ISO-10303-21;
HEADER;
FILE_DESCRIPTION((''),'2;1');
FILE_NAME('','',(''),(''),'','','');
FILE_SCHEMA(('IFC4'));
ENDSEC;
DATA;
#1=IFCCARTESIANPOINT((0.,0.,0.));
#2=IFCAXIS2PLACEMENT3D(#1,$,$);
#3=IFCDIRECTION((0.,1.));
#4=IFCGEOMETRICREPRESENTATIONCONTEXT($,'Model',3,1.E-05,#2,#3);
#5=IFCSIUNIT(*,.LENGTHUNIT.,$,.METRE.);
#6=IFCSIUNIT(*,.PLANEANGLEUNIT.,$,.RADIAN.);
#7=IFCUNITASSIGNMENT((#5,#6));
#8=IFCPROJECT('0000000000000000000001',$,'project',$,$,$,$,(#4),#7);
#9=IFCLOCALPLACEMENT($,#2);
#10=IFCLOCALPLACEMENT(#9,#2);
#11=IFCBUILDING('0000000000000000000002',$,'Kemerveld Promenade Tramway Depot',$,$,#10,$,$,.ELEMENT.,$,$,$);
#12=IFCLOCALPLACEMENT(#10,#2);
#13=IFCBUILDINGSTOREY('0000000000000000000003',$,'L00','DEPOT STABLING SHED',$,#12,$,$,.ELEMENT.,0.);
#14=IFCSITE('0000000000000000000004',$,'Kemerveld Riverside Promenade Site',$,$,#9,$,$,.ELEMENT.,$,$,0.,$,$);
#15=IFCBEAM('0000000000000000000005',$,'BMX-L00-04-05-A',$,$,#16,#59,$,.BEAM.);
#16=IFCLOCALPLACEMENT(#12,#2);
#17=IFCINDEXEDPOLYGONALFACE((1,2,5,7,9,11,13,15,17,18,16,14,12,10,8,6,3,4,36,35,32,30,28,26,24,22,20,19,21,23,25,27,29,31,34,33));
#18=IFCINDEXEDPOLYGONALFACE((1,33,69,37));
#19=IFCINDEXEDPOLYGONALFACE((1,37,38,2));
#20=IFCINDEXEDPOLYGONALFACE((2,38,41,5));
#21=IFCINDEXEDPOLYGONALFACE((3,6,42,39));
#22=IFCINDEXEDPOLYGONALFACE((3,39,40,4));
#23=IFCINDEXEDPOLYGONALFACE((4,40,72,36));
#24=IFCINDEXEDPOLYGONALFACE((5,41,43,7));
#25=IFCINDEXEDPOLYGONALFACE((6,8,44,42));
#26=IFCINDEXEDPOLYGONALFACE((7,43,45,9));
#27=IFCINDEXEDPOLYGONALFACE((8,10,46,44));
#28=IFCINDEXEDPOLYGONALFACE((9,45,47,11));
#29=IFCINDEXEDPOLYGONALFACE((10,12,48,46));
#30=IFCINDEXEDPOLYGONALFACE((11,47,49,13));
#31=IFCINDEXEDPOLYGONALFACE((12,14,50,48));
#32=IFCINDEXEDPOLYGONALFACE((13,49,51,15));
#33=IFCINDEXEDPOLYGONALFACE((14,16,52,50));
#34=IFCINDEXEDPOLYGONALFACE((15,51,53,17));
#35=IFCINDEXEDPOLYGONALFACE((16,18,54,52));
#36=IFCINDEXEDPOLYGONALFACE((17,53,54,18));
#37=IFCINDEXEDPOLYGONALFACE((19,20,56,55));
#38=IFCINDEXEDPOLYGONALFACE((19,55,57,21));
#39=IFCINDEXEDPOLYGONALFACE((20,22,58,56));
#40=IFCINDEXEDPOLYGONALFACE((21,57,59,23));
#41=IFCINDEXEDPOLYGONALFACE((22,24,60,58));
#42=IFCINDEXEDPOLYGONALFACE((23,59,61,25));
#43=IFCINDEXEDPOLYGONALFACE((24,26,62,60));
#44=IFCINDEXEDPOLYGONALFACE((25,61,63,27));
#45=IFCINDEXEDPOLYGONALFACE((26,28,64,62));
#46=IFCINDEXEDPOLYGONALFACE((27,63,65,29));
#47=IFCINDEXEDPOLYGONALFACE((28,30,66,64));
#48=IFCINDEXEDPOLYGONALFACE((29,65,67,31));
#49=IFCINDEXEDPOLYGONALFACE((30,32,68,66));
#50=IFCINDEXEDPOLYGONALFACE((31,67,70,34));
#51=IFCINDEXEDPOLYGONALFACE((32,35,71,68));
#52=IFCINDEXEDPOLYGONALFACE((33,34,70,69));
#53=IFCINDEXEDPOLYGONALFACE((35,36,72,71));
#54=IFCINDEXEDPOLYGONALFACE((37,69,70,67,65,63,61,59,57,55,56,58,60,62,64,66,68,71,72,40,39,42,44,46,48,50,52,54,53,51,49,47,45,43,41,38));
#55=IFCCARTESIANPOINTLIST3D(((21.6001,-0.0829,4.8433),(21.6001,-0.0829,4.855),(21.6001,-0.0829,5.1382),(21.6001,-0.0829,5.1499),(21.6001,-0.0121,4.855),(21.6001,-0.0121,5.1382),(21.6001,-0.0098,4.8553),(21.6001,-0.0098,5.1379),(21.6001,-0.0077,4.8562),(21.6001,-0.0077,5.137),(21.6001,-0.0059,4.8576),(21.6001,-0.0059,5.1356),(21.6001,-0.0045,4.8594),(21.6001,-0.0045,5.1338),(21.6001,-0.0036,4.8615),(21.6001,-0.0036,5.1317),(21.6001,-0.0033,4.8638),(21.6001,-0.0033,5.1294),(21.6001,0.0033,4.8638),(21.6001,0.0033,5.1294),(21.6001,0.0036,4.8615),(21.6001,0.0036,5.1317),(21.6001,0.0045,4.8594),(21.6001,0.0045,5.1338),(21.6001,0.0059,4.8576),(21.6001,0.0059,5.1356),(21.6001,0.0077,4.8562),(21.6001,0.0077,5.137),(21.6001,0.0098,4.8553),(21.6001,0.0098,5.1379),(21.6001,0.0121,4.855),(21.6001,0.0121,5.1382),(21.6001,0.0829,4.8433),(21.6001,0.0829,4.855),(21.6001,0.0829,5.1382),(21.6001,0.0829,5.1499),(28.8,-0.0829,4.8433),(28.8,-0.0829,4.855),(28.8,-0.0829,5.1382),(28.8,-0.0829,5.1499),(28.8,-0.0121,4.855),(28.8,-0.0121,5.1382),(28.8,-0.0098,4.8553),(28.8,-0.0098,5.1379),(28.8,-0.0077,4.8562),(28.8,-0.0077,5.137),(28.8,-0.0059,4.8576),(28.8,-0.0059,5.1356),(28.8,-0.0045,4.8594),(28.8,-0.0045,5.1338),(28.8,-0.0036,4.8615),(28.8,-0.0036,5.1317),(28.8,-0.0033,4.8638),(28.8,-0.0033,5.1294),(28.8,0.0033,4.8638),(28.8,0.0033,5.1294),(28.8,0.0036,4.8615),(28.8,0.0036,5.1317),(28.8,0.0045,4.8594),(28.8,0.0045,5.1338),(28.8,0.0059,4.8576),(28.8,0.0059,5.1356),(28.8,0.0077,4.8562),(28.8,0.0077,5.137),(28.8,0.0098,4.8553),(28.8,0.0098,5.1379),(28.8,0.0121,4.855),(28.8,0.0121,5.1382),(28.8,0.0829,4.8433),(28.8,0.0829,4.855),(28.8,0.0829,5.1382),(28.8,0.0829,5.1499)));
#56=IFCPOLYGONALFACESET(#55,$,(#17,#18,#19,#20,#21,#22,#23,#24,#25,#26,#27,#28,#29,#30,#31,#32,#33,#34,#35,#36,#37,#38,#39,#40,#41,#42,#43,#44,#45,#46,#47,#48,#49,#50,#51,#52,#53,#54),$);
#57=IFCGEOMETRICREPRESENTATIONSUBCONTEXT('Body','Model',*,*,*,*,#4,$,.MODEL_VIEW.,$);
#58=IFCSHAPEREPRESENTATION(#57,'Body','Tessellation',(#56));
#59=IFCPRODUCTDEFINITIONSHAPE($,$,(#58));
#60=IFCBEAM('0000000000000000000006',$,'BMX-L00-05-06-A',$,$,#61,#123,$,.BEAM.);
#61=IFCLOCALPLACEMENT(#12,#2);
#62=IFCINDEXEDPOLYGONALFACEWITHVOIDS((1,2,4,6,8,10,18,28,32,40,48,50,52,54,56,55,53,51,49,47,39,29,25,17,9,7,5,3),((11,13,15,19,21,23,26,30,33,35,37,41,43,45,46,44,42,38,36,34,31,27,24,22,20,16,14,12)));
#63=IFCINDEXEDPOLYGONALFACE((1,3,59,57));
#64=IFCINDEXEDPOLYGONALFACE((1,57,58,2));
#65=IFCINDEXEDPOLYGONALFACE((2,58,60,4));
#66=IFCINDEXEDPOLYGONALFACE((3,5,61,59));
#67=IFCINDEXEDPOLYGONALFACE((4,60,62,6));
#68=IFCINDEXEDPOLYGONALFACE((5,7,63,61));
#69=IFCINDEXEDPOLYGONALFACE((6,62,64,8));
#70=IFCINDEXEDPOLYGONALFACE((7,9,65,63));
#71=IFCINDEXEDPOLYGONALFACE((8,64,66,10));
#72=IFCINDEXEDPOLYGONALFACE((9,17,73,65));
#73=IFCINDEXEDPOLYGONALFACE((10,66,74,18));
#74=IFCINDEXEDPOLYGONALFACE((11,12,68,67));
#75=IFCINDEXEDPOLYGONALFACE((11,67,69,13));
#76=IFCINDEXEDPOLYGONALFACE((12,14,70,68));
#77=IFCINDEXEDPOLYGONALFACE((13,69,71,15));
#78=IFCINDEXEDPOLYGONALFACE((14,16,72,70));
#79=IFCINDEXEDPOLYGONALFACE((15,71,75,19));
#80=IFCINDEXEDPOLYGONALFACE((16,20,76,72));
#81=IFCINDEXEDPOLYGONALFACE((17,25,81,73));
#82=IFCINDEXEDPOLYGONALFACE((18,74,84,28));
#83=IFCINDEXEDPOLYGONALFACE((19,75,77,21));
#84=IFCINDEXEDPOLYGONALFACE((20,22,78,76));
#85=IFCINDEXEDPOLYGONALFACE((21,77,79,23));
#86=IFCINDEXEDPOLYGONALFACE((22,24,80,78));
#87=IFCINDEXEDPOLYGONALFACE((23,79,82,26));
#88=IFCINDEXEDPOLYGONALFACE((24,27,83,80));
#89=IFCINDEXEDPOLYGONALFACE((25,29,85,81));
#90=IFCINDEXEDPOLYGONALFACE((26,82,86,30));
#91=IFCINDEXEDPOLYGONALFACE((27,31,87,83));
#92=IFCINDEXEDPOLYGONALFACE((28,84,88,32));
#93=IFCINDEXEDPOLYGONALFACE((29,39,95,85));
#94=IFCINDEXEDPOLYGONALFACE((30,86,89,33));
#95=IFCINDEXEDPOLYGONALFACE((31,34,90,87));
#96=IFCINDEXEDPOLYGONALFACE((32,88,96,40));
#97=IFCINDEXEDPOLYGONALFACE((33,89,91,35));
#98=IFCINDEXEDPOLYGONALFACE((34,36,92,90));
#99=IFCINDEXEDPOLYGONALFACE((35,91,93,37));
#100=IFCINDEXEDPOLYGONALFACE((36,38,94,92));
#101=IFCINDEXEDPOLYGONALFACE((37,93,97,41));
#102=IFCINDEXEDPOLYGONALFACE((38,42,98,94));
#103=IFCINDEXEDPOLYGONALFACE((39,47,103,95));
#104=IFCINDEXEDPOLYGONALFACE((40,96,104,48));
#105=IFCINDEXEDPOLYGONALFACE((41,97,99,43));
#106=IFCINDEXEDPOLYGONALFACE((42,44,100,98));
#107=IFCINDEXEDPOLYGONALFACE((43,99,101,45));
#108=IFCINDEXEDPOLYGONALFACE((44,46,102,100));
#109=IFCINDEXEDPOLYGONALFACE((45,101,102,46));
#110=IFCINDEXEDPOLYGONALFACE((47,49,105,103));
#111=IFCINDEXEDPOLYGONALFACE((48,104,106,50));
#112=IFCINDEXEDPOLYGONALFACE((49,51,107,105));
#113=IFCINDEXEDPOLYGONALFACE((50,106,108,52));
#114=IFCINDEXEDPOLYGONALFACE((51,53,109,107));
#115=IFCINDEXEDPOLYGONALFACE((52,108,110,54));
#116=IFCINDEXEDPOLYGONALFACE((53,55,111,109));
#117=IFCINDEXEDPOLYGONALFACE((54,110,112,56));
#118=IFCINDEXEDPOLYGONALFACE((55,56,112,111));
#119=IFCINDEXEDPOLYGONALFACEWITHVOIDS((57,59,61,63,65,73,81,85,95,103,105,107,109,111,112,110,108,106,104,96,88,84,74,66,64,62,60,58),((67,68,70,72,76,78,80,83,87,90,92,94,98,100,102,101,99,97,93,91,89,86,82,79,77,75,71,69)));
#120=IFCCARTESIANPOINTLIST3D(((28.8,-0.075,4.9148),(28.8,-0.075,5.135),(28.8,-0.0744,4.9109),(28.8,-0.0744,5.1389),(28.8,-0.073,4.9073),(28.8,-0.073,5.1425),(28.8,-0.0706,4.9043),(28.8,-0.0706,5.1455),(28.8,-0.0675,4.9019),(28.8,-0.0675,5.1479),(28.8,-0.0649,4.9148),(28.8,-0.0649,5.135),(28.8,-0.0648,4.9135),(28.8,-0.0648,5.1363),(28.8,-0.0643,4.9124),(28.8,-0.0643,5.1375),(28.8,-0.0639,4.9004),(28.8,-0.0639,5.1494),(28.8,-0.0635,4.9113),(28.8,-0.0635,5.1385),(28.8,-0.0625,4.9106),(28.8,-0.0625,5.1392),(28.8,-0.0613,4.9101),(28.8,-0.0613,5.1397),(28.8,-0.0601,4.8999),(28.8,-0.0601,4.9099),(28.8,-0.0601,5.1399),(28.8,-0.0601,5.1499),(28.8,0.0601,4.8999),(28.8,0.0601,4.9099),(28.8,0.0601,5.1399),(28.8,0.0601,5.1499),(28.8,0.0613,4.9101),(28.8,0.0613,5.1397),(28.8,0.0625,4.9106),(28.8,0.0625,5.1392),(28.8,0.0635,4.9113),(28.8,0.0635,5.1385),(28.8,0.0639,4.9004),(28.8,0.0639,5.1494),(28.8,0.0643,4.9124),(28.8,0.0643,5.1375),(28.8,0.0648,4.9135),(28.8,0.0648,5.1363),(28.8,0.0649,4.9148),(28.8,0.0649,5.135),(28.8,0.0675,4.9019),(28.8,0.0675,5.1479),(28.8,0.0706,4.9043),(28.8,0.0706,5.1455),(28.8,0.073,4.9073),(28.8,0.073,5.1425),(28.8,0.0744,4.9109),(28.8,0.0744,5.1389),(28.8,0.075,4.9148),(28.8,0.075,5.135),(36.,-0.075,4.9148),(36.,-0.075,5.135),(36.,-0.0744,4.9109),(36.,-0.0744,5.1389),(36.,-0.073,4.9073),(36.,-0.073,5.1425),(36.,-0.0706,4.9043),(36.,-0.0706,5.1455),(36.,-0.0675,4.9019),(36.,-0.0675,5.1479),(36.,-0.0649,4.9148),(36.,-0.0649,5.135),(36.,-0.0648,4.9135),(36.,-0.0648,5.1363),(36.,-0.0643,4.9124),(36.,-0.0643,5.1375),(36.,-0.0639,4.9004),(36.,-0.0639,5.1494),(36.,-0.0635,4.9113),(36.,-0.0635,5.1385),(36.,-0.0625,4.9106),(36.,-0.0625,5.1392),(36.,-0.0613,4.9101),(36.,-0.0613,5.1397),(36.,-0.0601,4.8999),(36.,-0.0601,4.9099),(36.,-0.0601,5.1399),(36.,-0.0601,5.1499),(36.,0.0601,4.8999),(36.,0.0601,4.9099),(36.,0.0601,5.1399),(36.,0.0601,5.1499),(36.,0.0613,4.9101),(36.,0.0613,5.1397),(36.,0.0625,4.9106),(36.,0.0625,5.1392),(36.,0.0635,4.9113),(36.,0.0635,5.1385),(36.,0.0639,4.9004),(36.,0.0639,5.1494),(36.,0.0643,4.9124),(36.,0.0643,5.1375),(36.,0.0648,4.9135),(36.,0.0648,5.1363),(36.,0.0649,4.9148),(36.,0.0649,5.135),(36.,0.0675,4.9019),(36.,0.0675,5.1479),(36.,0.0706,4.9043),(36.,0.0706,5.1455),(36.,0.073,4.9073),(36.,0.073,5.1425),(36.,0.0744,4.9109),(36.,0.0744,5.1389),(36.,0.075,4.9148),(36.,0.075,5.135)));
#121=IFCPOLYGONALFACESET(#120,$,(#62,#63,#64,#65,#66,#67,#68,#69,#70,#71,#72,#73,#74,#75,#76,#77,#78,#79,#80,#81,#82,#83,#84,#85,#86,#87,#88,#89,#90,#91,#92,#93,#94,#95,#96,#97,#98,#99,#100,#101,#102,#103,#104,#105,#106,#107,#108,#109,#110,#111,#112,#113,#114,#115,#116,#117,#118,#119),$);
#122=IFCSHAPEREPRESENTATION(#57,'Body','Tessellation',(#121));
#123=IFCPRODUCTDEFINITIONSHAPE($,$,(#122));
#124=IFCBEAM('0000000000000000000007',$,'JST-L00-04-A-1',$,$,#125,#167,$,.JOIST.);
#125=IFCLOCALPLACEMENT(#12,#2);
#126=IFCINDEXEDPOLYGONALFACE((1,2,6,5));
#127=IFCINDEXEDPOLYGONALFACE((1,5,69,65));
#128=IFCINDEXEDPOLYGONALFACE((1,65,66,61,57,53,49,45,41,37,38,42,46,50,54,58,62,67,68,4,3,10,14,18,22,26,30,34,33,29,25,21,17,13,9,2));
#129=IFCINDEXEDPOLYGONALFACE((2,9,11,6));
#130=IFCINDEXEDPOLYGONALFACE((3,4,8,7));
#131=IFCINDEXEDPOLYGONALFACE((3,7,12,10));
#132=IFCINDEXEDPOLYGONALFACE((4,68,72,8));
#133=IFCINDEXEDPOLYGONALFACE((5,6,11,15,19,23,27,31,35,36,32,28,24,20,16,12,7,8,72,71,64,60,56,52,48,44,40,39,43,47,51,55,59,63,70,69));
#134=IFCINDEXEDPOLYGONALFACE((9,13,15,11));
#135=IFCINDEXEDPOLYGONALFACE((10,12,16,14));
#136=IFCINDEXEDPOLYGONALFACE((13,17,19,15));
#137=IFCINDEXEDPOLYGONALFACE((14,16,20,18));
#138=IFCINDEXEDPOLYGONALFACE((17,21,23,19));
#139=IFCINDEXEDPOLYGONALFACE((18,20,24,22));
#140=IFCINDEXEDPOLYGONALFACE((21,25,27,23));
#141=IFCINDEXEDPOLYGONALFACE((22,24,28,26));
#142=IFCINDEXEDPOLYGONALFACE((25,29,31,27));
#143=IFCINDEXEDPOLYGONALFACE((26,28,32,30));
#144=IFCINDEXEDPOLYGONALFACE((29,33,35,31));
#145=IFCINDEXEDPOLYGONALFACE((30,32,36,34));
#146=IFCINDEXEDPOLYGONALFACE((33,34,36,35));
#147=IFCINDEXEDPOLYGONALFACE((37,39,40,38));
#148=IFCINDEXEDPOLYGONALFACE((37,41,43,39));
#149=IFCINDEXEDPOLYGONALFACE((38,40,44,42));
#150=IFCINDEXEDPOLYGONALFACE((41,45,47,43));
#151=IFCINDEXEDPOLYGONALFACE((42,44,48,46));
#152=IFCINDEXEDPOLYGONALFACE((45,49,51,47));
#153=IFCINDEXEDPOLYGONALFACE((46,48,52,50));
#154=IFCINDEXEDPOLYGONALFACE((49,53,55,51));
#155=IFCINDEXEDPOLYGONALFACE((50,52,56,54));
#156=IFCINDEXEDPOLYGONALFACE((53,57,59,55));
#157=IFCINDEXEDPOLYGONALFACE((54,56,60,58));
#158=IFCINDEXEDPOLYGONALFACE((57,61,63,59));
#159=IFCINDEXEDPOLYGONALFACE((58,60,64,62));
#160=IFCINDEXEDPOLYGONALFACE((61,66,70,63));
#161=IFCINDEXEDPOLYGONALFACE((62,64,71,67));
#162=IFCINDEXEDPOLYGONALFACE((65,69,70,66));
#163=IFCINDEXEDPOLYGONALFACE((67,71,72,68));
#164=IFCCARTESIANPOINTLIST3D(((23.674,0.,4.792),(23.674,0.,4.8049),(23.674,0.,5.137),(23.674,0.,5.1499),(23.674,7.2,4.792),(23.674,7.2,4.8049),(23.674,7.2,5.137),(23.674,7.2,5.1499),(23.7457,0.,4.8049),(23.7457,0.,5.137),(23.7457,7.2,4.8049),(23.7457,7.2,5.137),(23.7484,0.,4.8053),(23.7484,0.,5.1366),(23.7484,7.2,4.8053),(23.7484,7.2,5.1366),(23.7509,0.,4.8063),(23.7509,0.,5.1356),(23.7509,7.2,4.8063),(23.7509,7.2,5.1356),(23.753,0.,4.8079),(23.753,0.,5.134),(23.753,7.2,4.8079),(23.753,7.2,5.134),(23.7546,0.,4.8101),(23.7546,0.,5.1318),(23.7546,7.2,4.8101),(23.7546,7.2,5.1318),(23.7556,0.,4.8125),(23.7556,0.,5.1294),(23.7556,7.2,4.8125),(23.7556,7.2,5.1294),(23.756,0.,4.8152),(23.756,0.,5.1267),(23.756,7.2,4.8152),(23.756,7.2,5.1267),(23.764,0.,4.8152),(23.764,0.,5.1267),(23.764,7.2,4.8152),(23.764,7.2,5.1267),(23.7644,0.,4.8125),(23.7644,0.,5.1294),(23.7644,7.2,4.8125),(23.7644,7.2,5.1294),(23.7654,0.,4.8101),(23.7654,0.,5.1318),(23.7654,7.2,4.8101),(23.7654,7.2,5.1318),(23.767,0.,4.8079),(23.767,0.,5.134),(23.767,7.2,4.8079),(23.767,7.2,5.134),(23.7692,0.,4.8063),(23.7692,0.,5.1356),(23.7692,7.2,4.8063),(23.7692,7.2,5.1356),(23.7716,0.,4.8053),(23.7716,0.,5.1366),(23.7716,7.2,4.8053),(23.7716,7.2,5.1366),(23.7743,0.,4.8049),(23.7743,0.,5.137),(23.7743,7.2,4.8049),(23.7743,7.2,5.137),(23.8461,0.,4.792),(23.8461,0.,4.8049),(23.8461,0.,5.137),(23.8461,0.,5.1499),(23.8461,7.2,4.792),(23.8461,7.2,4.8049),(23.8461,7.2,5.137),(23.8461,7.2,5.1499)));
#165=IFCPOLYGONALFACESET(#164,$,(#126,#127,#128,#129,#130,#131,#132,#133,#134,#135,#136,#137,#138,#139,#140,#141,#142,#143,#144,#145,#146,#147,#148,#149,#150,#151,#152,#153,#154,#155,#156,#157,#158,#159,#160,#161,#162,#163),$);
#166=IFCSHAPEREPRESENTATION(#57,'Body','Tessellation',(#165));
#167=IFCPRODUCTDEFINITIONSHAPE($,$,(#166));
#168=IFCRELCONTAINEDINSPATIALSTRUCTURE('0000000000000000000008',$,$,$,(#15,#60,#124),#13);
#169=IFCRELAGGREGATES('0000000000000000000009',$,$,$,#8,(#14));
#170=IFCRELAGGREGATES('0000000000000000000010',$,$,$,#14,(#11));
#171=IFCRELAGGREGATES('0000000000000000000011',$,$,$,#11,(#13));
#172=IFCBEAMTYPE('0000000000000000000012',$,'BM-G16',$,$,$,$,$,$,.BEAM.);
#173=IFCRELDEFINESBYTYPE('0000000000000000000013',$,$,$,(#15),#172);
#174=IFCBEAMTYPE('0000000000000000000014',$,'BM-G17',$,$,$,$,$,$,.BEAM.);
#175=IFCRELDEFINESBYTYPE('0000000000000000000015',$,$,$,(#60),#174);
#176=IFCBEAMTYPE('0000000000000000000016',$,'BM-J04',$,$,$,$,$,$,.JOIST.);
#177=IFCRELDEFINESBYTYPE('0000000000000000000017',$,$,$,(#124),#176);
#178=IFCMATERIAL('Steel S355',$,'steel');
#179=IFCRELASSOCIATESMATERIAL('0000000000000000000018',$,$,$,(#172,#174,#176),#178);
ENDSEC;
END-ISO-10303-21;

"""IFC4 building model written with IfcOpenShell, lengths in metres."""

from ifc_helpers import new_model, si_unit, direction, frame, origin, origin_2d, place, context, subcontext, project, spatial, hollow_rectangle, i_section, extrude, material, material_profile, profile_set, type_object, element, save


model = new_model("IFC4")

# Units and contexts
model_context = context("Model", 3, precision=1e-05, world=origin(), true_north=direction((0.0, 1.0)))
body_context = subcontext(model_context, "Body", "Model", "MODEL_VIEW")
ifc_project = project(units=[si_unit("LENGTHUNIT", "METRE"), si_unit("PLANEANGLEUNIT", "RADIAN")], contexts=[model_context])

# Site, building, storey
site_placement = place(None, origin())
site = spatial("IfcSite", under=ifc_project, at=site_placement, Name="Kemerveld Riverside Promenade Site", CompositionType="ELEMENT", RefElevation=0.0)
building_placement = place(site_placement, origin())
building = spatial("IfcBuilding", under=site, at=building_placement, Name="Kemerveld Promenade Tramway Depot", CompositionType="ELEMENT")
storey_placement = place(building_placement, origin())
storey = spatial("IfcBuildingStorey", under=building, at=storey_placement, Name="L00", Description="DEPOT STABLING SHED", CompositionType="ELEMENT", Elevation=0.0)

# Shared definitions
ifc_material_1 = material(Name="Steel S355", Category="steel")

# Beams
ifc_material_profile_1 = material_profile(ifc_material_1, i_section(OverallWidth=0.1658, OverallDepth=0.3066, WebThickness=0.0066, FlangeThickness=0.0117, FilletRadius=0.0088, at=origin_2d()), Name="305x165x46 UB")
ifc_profile_set_1 = profile_set([ifc_material_profile_1], Name="Steel S355")
beam_type_1 = type_object("IfcBeamType", Name="BM-G16", PredefinedType="BEAM", material=ifc_profile_set_1)
beam_1_placement = place(storey_placement, frame((21.6001, 0.0, 4.9966), z_axis=(1.0, 0.0, 0.0), x_axis=(0.0, 1.0, 0.0)))
element("IfcBeam", 1, at=beam_1_placement, inside=storey, type_object=beam_type_1, Name="BMX-L00-04-05-A", PredefinedType="BEAM", context=body_context, shape_type="SweptSolid", body=[
    extrude(i_section(OverallWidth=0.1658, OverallDepth=0.3066, WebThickness=0.0066, FlangeThickness=0.0117, FilletRadius=0.0088, at=origin_2d()), origin(), (0.0, 0.0, 1.0), 7.2),
])
ifc_material_profile_2 = material_profile(ifc_material_1, hollow_rectangle(XDim=0.1499, YDim=0.25, WallThickness=0.01, InnerFilletRadius=0.0049, OuterFilletRadius=0.0149, at=origin_2d()), Name="250x150x10.0 RHS")
ifc_profile_set_2 = profile_set([ifc_material_profile_2], Name="Steel S355")
beam_type_2 = type_object("IfcBeamType", Name="BM-G17", PredefinedType="BEAM", material=ifc_profile_set_2)
beam_2_placement = place(storey_placement, frame((28.8, 0.0, 5.0249), z_axis=(1.0, 0.0, 0.0), x_axis=(0.0, 1.0, 0.0)))
element("IfcBeam", 2, at=beam_2_placement, inside=storey, type_object=beam_type_2, Name="BMX-L00-05-06-A", PredefinedType="BEAM", context=body_context, shape_type="SweptSolid", body=[
    extrude(hollow_rectangle(XDim=0.1499, YDim=0.25, WallThickness=0.01, InnerFilletRadius=0.0049, OuterFilletRadius=0.0149, at=origin_2d()), origin(), (0.0, 0.0, 1.0), 7.2),
])
ifc_material_profile_3 = material_profile(ifc_material_1, i_section(OverallWidth=0.1721, OverallDepth=0.3579, WebThickness=0.0081, FlangeThickness=0.0129, FilletRadius=0.0103, at=origin_2d()), Name="356x171x57 UB")
ifc_profile_set_3 = profile_set([ifc_material_profile_3], Name="Steel S355")
beam_type_3 = type_object("IfcBeamType", Name="BM-J04", PredefinedType="JOIST", material=ifc_profile_set_3)
for number, where, z_axis, x_axis, name in (
    (3, (23.76, 0.0, 4.9709), (0.0, 1.0, 0.0), (-1.0, 0.0, 0.0), "JST-L00-04-A-1"),
):
    element("IfcBeam", number, at=place(storey_placement, frame(where, z_axis=z_axis, x_axis=x_axis)), inside=storey, type_object=beam_type_3, Name=name, PredefinedType="JOIST", context=body_context, shape_type="SweptSolid", body=[
        extrude(i_section(OverallWidth=0.1721, OverallDepth=0.3579, WebThickness=0.0081, FlangeThickness=0.0129, FilletRadius=0.0103, at=origin_2d()), origin(), (0.0, 0.0, 1.0), 7.2),
    ])

save(model, "model.ifc")
